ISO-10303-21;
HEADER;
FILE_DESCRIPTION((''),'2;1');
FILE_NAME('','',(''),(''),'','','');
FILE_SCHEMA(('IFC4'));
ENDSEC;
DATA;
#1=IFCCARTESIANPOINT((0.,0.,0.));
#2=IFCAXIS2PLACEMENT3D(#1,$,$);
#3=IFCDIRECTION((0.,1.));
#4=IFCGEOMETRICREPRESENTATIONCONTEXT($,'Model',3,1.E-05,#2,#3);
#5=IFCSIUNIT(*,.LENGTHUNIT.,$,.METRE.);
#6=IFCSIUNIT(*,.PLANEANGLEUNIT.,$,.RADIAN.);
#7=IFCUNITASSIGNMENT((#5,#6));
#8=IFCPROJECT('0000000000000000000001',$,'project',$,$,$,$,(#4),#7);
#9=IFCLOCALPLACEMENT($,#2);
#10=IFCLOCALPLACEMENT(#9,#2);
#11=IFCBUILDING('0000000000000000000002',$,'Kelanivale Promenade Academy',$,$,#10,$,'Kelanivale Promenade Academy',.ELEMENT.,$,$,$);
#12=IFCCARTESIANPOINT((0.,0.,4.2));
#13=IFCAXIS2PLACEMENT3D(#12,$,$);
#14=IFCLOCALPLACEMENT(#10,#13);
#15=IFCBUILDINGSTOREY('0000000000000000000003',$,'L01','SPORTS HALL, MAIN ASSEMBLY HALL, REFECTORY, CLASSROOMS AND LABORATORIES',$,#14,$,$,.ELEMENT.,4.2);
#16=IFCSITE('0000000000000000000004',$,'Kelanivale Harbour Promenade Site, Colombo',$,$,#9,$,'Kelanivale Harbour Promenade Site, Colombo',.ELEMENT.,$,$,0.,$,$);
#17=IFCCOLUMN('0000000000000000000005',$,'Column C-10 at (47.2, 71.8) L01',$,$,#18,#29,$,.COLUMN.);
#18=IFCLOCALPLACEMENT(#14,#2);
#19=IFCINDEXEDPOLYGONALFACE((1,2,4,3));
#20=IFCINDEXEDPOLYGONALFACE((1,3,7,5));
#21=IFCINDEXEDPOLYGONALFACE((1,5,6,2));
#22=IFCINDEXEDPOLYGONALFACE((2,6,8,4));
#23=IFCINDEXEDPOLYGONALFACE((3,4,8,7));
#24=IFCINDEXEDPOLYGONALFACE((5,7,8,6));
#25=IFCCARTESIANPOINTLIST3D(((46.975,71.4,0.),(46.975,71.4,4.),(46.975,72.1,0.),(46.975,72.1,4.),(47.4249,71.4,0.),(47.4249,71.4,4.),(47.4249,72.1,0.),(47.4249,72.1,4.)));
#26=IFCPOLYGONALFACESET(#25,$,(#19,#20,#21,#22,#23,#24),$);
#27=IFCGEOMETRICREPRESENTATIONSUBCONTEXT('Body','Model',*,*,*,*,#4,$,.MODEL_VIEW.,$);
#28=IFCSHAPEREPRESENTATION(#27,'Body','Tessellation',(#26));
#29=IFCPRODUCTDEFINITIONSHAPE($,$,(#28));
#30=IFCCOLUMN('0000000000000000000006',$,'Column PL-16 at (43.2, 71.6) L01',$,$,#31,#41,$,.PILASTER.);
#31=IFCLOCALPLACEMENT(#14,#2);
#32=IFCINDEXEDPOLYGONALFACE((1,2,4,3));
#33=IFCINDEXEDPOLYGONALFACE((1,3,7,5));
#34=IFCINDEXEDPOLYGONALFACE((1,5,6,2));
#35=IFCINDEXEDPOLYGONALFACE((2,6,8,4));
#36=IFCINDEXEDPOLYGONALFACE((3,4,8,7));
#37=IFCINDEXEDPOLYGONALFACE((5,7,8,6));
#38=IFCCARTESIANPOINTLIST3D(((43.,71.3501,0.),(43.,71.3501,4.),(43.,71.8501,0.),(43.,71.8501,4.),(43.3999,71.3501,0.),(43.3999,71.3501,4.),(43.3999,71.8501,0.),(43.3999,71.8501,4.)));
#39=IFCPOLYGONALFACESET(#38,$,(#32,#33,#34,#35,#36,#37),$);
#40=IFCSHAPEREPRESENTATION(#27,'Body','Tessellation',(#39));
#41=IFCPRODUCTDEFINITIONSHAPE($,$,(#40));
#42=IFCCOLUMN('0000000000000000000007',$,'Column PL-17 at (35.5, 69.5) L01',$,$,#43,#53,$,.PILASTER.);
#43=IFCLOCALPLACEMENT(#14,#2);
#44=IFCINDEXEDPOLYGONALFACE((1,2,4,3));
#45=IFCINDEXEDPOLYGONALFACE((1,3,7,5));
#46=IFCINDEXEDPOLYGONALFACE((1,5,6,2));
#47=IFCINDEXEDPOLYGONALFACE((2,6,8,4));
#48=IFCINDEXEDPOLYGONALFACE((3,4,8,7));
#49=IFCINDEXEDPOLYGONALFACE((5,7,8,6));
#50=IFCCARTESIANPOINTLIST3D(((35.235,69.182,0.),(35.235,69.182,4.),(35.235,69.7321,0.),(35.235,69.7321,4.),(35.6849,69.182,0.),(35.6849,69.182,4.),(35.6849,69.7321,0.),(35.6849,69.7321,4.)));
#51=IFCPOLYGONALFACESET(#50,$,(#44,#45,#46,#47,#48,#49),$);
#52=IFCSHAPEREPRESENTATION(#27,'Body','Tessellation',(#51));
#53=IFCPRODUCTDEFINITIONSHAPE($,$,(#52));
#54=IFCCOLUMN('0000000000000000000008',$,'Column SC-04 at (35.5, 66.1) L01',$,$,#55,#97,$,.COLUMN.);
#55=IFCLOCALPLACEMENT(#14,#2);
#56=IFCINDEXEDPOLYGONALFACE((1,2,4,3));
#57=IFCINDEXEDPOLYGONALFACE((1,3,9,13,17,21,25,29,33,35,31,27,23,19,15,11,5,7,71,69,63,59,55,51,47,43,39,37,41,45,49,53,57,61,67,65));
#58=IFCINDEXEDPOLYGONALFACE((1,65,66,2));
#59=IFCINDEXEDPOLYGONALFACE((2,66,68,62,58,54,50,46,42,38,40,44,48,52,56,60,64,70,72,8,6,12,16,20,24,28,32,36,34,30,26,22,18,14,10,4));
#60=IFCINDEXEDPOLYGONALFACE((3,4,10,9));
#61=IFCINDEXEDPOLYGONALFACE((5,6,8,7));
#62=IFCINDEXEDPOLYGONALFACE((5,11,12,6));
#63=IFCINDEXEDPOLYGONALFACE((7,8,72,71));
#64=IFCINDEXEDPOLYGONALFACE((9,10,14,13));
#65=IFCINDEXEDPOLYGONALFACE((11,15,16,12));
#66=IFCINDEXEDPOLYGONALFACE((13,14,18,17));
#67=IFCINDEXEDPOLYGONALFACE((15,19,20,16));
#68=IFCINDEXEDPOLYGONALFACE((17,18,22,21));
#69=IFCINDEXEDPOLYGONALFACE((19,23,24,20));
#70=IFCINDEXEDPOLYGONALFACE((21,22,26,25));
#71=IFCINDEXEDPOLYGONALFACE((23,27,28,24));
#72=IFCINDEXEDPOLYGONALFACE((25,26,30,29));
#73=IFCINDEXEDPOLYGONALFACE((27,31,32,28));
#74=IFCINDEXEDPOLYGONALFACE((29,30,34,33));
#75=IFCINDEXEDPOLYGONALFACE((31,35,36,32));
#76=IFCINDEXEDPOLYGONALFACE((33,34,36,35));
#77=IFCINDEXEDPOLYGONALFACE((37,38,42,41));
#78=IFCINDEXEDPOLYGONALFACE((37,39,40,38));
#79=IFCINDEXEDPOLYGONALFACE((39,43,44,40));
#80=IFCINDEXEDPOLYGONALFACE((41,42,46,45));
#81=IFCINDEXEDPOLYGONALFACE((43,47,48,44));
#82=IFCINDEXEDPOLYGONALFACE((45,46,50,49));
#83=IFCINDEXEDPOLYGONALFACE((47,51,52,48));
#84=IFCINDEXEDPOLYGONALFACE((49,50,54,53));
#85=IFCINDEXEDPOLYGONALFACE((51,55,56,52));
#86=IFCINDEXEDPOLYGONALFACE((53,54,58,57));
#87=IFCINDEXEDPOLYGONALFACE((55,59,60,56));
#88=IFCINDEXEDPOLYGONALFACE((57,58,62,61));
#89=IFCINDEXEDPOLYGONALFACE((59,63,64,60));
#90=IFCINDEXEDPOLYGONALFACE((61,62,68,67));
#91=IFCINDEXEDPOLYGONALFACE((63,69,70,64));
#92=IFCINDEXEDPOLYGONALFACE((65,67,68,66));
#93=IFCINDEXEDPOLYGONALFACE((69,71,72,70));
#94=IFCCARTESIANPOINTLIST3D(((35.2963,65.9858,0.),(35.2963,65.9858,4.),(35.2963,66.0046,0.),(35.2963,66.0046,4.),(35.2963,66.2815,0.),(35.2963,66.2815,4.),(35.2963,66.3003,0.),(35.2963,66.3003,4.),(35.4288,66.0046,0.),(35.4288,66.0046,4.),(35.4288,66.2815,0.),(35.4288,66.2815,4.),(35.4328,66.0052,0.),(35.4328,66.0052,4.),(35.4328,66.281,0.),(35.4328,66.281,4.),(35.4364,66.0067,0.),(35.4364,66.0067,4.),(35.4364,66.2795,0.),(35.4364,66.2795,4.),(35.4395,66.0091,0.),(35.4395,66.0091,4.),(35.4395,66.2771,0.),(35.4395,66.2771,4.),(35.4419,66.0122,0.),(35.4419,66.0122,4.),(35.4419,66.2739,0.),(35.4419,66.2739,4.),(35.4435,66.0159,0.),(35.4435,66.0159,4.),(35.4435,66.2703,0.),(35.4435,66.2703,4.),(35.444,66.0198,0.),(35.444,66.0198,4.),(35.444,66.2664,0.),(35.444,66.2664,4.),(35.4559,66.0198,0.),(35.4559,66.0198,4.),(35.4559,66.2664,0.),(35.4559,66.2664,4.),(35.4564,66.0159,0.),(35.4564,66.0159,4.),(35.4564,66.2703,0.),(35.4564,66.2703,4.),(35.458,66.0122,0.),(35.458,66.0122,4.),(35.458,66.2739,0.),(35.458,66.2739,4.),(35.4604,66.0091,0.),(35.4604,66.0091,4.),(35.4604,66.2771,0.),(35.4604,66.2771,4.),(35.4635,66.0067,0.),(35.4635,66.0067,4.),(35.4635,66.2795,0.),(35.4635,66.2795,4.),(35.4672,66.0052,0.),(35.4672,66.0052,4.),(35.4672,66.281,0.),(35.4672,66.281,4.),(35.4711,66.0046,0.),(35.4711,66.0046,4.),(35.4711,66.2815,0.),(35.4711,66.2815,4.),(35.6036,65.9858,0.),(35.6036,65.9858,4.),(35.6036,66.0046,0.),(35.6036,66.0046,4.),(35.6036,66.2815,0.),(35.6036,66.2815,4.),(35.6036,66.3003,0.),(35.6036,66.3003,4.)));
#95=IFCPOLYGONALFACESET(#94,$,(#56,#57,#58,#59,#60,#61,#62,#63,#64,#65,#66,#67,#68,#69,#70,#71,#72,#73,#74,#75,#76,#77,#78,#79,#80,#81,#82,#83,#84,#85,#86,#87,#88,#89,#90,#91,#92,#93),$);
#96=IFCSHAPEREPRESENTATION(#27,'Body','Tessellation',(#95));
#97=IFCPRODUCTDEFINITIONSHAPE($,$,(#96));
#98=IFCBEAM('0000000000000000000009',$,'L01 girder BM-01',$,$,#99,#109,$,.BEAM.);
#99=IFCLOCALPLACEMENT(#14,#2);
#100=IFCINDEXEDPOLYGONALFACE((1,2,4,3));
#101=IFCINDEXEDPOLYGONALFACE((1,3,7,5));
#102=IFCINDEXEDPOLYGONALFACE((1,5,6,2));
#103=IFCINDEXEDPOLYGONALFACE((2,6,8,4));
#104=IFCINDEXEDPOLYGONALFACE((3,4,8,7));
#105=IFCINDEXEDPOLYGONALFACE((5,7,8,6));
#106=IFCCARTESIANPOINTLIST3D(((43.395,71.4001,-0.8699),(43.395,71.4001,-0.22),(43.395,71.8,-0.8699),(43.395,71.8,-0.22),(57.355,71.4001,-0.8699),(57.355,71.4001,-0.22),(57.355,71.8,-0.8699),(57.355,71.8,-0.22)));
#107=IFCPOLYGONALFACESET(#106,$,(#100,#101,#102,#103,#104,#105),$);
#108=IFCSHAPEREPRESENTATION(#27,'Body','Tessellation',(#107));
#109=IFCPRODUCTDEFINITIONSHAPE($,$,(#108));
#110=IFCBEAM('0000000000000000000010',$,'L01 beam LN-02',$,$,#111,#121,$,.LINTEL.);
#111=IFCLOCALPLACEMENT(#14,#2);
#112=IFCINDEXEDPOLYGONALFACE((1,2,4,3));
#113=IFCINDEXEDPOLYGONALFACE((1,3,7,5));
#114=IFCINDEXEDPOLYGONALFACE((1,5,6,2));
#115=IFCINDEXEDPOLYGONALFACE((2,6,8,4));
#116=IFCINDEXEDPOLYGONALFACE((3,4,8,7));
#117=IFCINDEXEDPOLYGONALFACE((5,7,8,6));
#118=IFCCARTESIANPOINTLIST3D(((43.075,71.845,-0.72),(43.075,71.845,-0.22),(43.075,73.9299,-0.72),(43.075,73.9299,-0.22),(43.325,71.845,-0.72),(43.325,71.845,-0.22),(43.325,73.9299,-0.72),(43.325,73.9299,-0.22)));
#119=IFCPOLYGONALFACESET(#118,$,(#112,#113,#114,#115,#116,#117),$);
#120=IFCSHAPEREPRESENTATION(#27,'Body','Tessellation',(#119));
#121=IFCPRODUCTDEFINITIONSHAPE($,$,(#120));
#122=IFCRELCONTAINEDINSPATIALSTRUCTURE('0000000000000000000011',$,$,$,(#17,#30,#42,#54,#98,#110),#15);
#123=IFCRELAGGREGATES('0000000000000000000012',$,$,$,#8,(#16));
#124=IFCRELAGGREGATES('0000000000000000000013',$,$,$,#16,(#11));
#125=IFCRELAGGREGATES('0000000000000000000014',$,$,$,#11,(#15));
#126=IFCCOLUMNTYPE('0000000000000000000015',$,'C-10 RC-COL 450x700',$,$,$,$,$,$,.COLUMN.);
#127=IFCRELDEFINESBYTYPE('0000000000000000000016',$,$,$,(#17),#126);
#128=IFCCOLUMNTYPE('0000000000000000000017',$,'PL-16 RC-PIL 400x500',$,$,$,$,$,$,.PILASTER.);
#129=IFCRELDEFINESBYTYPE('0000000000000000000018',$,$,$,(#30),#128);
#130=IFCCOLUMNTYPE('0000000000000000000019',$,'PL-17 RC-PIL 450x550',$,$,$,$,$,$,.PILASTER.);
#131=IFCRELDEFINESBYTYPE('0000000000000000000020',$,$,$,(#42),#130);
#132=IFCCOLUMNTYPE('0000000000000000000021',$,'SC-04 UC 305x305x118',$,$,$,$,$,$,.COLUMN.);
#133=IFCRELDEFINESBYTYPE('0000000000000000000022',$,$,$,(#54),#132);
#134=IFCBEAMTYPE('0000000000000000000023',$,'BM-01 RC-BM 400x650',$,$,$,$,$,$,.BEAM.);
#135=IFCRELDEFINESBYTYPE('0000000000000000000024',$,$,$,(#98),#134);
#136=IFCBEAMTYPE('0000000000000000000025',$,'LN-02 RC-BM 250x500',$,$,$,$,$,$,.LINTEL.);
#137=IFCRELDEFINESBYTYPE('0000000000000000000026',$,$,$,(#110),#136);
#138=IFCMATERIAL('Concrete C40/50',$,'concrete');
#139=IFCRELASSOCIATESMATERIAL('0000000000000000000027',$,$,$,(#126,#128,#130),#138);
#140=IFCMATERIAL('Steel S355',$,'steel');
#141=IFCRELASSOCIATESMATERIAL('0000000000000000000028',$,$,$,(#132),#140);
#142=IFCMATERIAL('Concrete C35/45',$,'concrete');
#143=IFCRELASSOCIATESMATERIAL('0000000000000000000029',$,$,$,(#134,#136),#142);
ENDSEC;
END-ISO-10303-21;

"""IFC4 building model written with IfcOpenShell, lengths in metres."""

from ifc_helpers import new_model, si_unit, direction, frame, origin, origin_2d, place, context, subcontext, project, spatial, rectangle, i_section, extrude, material, material_profile, profile_set, type_object, element, save


model = new_model("IFC4")

# Units and contexts
model_context = context("Model", 3, precision=1e-05, world=origin(), true_north=direction((0.0, 1.0)))
body_context = subcontext(model_context, "Body", "Model", "MODEL_VIEW")
ifc_project = project(units=[si_unit("LENGTHUNIT", "METRE"), si_unit("PLANEANGLEUNIT", "RADIAN")], contexts=[model_context])

# Site, building, storey
site_placement = place(None, origin())
site = spatial("IfcSite", under=ifc_project, at=site_placement, Name="Kelanivale Harbour Promenade Site, Colombo", LongName="Kelanivale Harbour Promenade Site, Colombo", CompositionType="ELEMENT", RefElevation=0.0)
building_placement = place(site_placement, origin())
building = spatial("IfcBuilding", under=site, at=building_placement, Name="Kelanivale Promenade Academy", LongName="Kelanivale Promenade Academy", CompositionType="ELEMENT")
storey_placement = place(building_placement, frame((0.0, 0.0, 4.2)))
storey = spatial("IfcBuildingStorey", under=building, at=storey_placement, Name="L01", Description="SPORTS HALL, MAIN ASSEMBLY HALL, REFECTORY, CLASSROOMS AND LABORATORIES", CompositionType="ELEMENT", Elevation=4.2)

# Columns
ifc_material_1 = material(Name="Concrete C40/50", Category="concrete")
ifc_material_profile_1 = material_profile(ifc_material_1, rectangle(XDim=0.45, YDim=0.7, at=origin_2d()), Name="RC-COL 450x700")
ifc_profile_set_1 = profile_set([ifc_material_profile_1], Name="Concrete C40/50")
column_type_1 = type_object("IfcColumnType", Name="C-10 RC-COL 450x700", PredefinedType="COLUMN", material=ifc_profile_set_1)
column_1_placement = place(storey_placement, frame((47.2, 71.75, 0.0), z_axis=(0.0, 0.0, 1.0), x_axis=(1.0, 0.0, 0.0)))
element("IfcColumn", 1, at=column_1_placement, inside=storey, type_object=column_type_1, Name="Column C-10 at (47.2, 71.8) L01", PredefinedType="COLUMN", context=body_context, shape_type="SweptSolid", body=[
    extrude(rectangle(XDim=0.45, YDim=0.7, at=origin_2d()), origin(), (0.0, 0.0, 1.0), 4.0),
])
ifc_material_profile_2 = material_profile(ifc_material_1, rectangle(XDim=0.3999, YDim=0.5, at=origin_2d()), Name="RC-PIL 400x500")
ifc_profile_set_2 = profile_set([ifc_material_profile_2], Name="Concrete C40/50")
column_type_2 = type_object("IfcColumnType", Name="PL-16 RC-PIL 400x500", PredefinedType="PILASTER", material=ifc_profile_set_2)
column_2_placement = place(storey_placement, frame((43.2, 71.6001, 0.0), z_axis=(0.0, 0.0, 1.0), x_axis=(1.0, 0.0, 0.0)))
element("IfcColumn", 2, at=column_2_placement, inside=storey, type_object=column_type_2, Name="Column PL-16 at (43.2, 71.6) L01", PredefinedType="PILASTER", context=body_context, shape_type="SweptSolid", body=[
    extrude(rectangle(XDim=0.3999, YDim=0.5, at=origin_2d()), origin(), (0.0, 0.0, 1.0), 4.0),
])
ifc_material_profile_3 = material_profile(ifc_material_1, rectangle(XDim=0.45, YDim=0.55, at=origin_2d()), Name="RC-PIL 450x550")
ifc_profile_set_3 = profile_set([ifc_material_profile_3], Name="Concrete C40/50")
column_type_3 = type_object("IfcColumnType", Name="PL-17 RC-PIL 450x550", PredefinedType="PILASTER", material=ifc_profile_set_3)
column_3_placement = place(storey_placement, frame((35.46, 69.457, 0.0), z_axis=(0.0, 0.0, 1.0), x_axis=(1.0, 0.0, 0.0)))
element("IfcColumn", 3, at=column_3_placement, inside=storey, type_object=column_type_3, Name="Column PL-17 at (35.5, 69.5) L01", PredefinedType="PILASTER", context=body_context, shape_type="SweptSolid", body=[
    extrude(rectangle(XDim=0.45, YDim=0.55, at=origin_2d()), origin(), (0.0, 0.0, 1.0), 4.0),
])
ifc_material_2 = material(Name="Steel S355", Category="steel")
ifc_material_profile_4 = material_profile(ifc_material_2, i_section(OverallWidth=0.3074, OverallDepth=0.3145, WebThickness=0.012, FlangeThickness=0.0188, FilletRadius=0.0151, at=origin_2d()), Name="UC 305x305x118")
ifc_profile_set_4 = profile_set([ifc_material_profile_4], Name="Steel S355")
column_type_4 = type_object("IfcColumnType", Name="SC-04 UC 305x305x118", PredefinedType="COLUMN", material=ifc_profile_set_4)
column_4_placement = place(storey_placement, frame((35.45, 66.1431, 0.0), z_axis=(0.0, 0.0, 1.0), x_axis=(1.0, 0.0, 0.0)))
element("IfcColumn", 4, at=column_4_placement, inside=storey, type_object=column_type_4, Name="Column SC-04 at (35.5, 66.1) L01", PredefinedType="COLUMN", context=body_context, shape_type="SweptSolid", body=[
    extrude(i_section(OverallWidth=0.3074, OverallDepth=0.3145, WebThickness=0.012, FlangeThickness=0.0188, FilletRadius=0.0151, at=origin_2d()), origin(), (0.0, 0.0, 1.0), 4.0),
])

# Beams
ifc_material_3 = material(Name="Concrete C35/45", Category="concrete")
ifc_material_profile_5 = material_profile(ifc_material_3, rectangle(XDim=0.3999, YDim=0.6499, at=origin_2d()), Name="RC-BM 400x650")
ifc_profile_set_5 = profile_set([ifc_material_profile_5], Name="Concrete C35/45")
beam_type_1 = type_object("IfcBeamType", Name="BM-01 RC-BM 400x650", PredefinedType="BEAM", material=ifc_profile_set_5)
beam_1_placement = place(storey_placement, frame((43.395, 71.6001, -0.5449), z_axis=(1.0, 0.0, 0.0), x_axis=(0.0, 1.0, 0.0)))
element("IfcBeam", 5, at=beam_1_placement, inside=storey, type_object=beam_type_1, Name="L01 girder BM-01", PredefinedType="BEAM", context=body_context, shape_type="SweptSolid", body=[
    extrude(rectangle(XDim=0.3999, YDim=0.6499, at=origin_2d()), origin(), (0.0, 0.0, 1.0), 13.96),
])
ifc_material_profile_6 = material_profile(ifc_material_3, rectangle(XDim=0.25, YDim=0.5, at=origin_2d()), Name="RC-BM 250x500")
ifc_profile_set_6 = profile_set([ifc_material_profile_6], Name="Concrete C35/45")
beam_type_2 = type_object("IfcBeamType", Name="LN-02 RC-BM 250x500", PredefinedType="LINTEL", material=ifc_profile_set_6)
beam_2_placement = place(storey_placement, frame((43.2, 71.845, -0.47), z_axis=(0.0, 1.0, 0.0), x_axis=(-1.0, 0.0, 0.0)))
element("IfcBeam", 6, at=beam_2_placement, inside=storey, type_object=beam_type_2, Name="L01 beam LN-02", PredefinedType="LINTEL", context=body_context, shape_type="SweptSolid", body=[
    extrude(rectangle(XDim=0.25, YDim=0.5, at=origin_2d()), origin(), (0.0, 0.0, 1.0), 2.085),
])

save(model, "model.ifc")
